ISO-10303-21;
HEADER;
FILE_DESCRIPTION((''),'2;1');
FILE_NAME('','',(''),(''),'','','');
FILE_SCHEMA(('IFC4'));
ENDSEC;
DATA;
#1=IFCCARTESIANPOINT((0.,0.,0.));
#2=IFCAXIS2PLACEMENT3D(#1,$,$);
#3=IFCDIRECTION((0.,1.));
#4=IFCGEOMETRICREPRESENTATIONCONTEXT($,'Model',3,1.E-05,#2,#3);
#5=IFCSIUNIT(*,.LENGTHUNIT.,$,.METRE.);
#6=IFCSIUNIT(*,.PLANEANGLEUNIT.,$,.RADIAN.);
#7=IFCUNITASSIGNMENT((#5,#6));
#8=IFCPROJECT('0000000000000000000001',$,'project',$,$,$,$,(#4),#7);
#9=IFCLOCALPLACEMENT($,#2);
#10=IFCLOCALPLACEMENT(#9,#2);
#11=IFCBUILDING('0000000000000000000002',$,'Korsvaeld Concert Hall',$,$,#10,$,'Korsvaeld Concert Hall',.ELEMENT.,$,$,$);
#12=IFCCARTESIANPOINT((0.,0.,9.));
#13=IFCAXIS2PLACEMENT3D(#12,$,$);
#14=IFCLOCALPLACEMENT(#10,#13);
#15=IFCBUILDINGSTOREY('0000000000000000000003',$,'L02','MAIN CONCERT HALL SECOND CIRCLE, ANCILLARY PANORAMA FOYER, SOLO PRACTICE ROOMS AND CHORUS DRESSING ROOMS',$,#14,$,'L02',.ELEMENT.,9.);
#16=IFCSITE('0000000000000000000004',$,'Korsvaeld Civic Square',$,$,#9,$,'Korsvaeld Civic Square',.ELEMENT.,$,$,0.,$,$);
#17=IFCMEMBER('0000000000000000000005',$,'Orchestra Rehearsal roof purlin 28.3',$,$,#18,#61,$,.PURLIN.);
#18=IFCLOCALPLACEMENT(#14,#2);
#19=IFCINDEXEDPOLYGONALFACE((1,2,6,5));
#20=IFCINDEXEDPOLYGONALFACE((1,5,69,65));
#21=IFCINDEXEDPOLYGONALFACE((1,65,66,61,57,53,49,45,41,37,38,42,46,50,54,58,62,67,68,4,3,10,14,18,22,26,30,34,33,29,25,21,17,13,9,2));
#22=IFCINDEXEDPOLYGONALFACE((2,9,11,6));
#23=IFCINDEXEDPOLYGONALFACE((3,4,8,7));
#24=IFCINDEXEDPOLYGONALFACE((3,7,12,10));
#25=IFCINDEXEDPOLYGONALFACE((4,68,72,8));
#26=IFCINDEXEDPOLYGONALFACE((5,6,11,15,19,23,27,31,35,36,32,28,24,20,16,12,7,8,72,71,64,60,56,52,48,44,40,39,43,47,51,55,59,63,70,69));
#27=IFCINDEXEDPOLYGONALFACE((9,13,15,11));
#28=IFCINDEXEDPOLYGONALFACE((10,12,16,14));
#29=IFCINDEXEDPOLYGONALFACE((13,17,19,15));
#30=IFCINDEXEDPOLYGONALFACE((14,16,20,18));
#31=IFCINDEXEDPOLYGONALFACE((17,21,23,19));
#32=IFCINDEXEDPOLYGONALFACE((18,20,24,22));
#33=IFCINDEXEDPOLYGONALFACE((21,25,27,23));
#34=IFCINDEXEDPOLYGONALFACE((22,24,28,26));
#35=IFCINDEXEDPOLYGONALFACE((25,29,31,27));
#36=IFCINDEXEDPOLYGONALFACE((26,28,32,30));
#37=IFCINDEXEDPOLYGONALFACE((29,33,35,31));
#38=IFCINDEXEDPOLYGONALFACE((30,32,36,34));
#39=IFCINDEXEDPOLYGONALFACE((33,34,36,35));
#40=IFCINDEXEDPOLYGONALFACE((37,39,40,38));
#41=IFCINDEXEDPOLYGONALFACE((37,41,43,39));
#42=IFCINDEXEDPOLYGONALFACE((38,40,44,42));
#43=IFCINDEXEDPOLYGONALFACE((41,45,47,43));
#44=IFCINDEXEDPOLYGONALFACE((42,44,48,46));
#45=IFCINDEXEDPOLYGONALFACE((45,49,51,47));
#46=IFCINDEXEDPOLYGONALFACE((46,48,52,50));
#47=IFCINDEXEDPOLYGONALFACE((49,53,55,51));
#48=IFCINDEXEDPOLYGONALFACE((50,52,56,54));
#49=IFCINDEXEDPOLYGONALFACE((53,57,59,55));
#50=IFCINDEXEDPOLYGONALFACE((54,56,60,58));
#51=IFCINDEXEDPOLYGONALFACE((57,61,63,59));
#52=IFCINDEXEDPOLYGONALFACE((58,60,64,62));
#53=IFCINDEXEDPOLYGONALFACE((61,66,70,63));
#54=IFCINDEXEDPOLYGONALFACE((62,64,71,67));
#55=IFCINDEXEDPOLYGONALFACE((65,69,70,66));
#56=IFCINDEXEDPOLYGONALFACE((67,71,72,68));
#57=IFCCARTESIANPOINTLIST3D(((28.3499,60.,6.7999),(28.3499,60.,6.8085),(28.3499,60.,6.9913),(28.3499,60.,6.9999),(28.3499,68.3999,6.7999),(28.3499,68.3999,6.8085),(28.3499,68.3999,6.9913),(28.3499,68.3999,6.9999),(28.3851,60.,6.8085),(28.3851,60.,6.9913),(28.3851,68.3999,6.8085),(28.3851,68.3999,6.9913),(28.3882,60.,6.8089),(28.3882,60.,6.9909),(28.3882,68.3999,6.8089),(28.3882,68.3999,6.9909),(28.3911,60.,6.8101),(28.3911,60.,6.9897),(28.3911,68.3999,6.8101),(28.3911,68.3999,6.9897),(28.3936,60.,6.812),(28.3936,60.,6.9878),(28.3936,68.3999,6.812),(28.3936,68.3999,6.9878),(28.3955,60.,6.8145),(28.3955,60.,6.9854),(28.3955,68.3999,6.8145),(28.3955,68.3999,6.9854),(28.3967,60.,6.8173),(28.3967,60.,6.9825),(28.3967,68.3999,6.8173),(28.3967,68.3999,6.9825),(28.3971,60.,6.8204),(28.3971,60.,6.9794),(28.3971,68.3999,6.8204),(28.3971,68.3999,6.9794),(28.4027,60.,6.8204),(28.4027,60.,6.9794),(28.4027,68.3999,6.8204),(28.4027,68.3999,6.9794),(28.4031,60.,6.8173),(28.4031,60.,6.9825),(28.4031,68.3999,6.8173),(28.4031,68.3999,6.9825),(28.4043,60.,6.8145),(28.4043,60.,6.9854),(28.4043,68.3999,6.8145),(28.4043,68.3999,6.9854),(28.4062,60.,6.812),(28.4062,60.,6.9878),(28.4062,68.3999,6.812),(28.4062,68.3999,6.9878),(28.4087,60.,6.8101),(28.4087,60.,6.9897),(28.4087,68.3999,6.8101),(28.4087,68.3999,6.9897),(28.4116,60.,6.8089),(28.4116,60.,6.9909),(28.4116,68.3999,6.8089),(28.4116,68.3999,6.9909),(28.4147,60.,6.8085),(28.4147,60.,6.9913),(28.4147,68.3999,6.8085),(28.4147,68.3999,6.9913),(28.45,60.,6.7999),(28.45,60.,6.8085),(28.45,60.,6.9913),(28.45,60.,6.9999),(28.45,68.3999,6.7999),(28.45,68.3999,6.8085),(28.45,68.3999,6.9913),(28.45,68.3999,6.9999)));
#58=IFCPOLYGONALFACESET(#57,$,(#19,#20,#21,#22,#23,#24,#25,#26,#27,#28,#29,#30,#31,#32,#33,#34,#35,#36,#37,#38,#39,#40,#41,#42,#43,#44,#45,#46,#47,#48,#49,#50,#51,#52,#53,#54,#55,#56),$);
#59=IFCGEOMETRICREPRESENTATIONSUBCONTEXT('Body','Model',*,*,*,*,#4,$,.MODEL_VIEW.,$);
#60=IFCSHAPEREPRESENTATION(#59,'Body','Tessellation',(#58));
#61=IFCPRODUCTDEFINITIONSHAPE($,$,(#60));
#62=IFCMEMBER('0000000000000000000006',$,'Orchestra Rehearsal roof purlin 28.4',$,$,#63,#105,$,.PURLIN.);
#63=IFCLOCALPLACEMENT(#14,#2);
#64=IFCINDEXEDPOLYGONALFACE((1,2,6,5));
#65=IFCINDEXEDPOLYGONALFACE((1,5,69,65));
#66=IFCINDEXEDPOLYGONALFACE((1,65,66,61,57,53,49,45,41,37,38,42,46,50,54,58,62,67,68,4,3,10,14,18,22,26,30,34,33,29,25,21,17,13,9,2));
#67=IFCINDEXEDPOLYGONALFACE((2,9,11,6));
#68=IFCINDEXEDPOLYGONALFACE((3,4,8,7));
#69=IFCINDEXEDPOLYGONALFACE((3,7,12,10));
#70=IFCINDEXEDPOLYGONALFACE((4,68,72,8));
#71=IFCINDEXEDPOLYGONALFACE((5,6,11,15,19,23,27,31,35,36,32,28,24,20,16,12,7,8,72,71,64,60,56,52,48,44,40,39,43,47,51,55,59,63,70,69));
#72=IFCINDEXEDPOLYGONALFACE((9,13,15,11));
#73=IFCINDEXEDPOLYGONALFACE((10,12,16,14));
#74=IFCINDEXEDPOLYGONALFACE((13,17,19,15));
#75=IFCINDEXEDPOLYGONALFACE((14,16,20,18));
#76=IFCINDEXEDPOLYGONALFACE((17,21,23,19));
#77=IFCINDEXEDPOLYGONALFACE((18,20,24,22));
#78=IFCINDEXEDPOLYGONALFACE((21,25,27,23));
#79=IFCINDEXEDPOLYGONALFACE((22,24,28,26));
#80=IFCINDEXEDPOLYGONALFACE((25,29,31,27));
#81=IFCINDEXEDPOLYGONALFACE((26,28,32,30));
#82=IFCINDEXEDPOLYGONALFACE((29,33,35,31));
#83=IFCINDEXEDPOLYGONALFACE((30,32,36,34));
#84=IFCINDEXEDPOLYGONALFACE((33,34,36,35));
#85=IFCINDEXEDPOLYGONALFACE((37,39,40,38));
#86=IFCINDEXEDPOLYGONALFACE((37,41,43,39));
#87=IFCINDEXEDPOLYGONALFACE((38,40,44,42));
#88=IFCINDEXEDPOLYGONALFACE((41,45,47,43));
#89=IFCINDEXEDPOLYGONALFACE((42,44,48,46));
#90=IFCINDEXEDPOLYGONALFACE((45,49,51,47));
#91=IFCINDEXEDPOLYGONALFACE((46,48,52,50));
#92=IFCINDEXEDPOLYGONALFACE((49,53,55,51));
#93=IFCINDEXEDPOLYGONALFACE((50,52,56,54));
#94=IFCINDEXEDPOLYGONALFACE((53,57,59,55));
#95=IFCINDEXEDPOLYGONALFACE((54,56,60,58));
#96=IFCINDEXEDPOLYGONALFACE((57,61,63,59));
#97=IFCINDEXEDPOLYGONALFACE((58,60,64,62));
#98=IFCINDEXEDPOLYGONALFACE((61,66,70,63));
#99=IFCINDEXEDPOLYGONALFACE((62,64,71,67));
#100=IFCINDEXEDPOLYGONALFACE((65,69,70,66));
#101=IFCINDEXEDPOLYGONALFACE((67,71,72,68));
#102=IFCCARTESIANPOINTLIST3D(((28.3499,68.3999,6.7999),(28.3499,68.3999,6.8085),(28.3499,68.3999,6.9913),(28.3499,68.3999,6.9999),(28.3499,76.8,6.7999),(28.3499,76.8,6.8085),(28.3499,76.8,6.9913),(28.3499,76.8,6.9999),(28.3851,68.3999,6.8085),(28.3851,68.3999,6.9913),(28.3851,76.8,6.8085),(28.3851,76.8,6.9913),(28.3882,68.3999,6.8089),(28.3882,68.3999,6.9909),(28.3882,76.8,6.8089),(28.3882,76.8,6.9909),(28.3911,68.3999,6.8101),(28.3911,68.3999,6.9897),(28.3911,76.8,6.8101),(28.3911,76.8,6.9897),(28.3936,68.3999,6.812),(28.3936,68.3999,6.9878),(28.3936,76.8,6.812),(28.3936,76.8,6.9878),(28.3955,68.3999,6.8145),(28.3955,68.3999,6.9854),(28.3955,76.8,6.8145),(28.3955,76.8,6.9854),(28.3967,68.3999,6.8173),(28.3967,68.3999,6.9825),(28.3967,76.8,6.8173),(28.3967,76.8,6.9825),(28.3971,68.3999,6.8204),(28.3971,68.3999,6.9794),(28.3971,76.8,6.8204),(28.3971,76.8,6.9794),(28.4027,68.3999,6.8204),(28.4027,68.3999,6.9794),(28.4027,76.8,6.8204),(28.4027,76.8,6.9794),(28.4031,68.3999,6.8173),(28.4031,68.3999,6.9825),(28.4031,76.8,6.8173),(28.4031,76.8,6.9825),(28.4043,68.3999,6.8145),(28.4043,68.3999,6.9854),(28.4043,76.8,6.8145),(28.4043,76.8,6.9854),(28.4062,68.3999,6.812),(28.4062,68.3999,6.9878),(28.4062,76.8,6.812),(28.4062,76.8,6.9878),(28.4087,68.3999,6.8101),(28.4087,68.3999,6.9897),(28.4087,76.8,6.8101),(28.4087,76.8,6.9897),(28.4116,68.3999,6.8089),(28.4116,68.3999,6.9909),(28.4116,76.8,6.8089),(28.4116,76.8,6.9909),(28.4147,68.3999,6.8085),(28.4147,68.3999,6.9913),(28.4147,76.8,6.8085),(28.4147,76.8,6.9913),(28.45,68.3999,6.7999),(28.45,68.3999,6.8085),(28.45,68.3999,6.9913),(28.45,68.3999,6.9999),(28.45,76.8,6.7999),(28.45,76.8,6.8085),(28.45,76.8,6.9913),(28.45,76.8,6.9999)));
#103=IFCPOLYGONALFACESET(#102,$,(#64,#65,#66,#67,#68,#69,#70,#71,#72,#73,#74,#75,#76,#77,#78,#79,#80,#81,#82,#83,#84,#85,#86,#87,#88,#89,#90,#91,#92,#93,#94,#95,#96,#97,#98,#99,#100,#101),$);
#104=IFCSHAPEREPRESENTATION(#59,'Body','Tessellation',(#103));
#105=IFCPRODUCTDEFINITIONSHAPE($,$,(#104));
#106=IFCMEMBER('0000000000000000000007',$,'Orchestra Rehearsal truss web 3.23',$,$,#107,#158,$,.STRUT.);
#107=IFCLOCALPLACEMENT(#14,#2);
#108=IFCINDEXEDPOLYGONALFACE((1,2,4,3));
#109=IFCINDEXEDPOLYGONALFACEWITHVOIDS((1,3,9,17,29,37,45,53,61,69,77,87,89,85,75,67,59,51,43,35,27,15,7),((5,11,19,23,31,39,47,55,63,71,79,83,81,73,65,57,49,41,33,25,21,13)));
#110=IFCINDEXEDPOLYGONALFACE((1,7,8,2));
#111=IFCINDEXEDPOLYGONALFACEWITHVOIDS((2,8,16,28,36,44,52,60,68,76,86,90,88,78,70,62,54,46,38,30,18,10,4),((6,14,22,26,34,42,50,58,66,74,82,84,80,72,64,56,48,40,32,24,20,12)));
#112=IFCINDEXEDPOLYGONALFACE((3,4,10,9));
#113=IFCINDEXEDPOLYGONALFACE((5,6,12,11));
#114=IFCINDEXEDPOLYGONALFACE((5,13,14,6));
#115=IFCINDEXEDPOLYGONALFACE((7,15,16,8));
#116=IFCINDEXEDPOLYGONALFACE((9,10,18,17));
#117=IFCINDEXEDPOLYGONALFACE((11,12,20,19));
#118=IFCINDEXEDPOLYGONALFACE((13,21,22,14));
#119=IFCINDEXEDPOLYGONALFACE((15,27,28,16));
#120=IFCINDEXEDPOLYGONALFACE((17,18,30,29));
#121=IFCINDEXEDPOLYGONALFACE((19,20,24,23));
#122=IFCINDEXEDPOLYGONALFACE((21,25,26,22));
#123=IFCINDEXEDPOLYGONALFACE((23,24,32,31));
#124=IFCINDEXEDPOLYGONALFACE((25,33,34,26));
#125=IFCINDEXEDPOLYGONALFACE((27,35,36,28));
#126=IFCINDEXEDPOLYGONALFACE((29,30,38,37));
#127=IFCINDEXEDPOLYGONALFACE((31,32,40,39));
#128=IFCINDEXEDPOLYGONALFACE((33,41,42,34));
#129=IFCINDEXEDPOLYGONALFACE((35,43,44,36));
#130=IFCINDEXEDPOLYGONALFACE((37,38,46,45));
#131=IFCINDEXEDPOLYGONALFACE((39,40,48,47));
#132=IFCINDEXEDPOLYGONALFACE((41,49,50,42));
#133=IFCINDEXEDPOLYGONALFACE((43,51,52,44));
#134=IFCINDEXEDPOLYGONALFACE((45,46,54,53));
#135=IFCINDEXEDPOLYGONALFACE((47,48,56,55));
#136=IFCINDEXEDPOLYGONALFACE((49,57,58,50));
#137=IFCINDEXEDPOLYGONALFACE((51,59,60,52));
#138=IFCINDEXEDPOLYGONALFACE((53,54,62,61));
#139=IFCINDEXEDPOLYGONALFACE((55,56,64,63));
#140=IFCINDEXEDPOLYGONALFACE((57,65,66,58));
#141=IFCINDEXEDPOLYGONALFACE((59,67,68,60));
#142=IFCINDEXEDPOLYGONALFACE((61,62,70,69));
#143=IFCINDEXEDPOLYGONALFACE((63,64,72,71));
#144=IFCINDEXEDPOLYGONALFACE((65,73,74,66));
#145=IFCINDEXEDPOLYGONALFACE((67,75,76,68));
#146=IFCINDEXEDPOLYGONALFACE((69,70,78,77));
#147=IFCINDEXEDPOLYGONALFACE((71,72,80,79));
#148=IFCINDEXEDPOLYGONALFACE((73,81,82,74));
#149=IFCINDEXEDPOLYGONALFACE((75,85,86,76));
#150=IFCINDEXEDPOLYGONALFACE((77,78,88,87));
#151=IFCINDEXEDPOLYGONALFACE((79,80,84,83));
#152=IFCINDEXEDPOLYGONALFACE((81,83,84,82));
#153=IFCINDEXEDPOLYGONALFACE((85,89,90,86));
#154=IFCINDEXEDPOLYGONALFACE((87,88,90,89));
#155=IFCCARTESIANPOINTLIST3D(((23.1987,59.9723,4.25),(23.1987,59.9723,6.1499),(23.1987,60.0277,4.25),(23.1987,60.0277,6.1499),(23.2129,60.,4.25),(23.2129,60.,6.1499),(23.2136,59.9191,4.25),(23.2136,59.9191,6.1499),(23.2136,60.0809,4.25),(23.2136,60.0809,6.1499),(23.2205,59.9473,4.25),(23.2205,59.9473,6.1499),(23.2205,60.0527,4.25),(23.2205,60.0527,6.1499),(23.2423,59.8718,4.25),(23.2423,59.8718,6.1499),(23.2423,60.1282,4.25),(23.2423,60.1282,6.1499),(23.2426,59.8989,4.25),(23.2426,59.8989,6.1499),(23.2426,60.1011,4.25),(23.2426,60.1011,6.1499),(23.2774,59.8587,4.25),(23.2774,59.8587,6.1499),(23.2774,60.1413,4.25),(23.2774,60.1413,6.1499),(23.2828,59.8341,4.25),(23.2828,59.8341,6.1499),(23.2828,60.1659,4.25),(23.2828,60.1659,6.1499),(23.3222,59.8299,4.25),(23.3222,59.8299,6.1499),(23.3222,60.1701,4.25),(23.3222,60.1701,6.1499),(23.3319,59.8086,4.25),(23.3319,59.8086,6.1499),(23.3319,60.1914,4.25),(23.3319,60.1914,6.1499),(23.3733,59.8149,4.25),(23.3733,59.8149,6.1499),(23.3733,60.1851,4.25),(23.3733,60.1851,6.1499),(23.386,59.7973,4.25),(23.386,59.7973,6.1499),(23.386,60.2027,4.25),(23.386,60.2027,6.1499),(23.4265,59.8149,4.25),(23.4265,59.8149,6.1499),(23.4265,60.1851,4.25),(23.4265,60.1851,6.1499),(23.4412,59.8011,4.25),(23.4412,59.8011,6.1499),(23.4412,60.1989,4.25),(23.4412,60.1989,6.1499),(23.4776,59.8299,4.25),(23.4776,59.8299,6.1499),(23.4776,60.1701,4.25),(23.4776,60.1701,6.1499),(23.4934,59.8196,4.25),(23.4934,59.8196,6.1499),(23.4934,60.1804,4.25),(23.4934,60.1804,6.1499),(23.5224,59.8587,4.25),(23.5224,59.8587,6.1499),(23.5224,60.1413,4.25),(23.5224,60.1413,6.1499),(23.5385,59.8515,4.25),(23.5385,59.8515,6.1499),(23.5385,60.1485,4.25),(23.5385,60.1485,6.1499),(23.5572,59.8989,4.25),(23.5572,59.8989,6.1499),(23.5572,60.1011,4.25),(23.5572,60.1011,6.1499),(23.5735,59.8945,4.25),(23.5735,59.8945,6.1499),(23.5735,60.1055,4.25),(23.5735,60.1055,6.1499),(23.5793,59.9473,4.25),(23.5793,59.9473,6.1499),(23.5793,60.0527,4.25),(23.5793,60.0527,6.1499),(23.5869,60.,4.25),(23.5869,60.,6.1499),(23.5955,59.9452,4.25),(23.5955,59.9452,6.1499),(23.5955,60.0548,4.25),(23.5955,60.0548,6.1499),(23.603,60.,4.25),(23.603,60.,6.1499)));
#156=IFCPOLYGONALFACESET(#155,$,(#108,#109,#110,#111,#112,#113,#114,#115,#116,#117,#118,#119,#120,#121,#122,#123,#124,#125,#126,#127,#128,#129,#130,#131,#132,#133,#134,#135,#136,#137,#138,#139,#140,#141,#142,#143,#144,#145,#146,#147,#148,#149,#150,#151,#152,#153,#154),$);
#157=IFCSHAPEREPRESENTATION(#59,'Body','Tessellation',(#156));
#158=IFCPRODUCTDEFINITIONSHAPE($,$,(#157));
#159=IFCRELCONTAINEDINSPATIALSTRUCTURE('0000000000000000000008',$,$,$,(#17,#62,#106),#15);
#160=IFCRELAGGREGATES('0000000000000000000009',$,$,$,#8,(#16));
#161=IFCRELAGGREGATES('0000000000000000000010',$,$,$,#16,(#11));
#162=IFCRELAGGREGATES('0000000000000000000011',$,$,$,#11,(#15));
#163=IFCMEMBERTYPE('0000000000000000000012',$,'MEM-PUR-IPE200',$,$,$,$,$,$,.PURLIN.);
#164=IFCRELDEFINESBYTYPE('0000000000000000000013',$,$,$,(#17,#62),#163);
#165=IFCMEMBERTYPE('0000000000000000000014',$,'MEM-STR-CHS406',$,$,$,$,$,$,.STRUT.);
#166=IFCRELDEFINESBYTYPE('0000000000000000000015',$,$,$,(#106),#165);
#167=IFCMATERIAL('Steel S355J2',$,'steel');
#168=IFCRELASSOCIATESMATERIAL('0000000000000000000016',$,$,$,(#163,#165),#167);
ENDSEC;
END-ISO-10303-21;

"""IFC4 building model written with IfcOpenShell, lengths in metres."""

from ifc_helpers import new_model, si_unit, direction, frame, origin, origin_2d, place, context, subcontext, project, spatial, hollow_circle, i_section, extrude, material, material_profile, profile_set, type_object, element, save


model = new_model("IFC4")

# Units and contexts
model_context = context("Model", 3, precision=1e-05, world=origin(), true_north=direction((0.0, 1.0)))
body_context = subcontext(model_context, "Body", "Model", "MODEL_VIEW")
ifc_project = project(units=[si_unit("LENGTHUNIT", "METRE"), si_unit("PLANEANGLEUNIT", "RADIAN")], contexts=[model_context])

# Site, building, storey
site_placement = place(None, origin())
site = spatial("IfcSite", under=ifc_project, at=site_placement, Name="Korsvaeld Civic Square", LongName="Korsvaeld Civic Square", CompositionType="ELEMENT", RefElevation=0.0)
building_placement = place(site_placement, origin())
building = spatial("IfcBuilding", under=site, at=building_placement, Name="Korsvaeld Concert Hall", LongName="Korsvaeld Concert Hall", CompositionType="ELEMENT")
storey_placement = place(building_placement, frame((0.0, 0.0, 9.0)))
storey = spatial("IfcBuildingStorey", under=building, at=storey_placement, Name="L02", Description="MAIN CONCERT HALL SECOND CIRCLE, ANCILLARY PANORAMA FOYER, SOLO PRACTICE ROOMS AND CHORUS DRESSING ROOMS", LongName="L02", CompositionType="ELEMENT", Elevation=9.0)

# Members
ifc_material_1 = material(Name="Steel S355J2", Category="steel")
ifc_material_profile_1 = material_profile(ifc_material_1, i_section(OverallWidth=0.1001, OverallDepth=0.2, WebThickness=0.0056, FlangeThickness=0.0085, FilletRadius=0.012, at=origin_2d()), Name="IPE 200")
ifc_profile_set_1 = profile_set([ifc_material_profile_1], Name="Steel S355J2")
member_type_1 = type_object("IfcMemberType", Name="MEM-PUR-IPE200", PredefinedType="PURLIN", material=ifc_profile_set_1)
member_1_placement = place(storey_placement, frame((28.3999, 60.0, 6.8999), z_axis=(0.0, 1.0, 0.0), x_axis=(-1.0, 0.0, 0.0)))
element("IfcMember", 1, at=member_1_placement, inside=storey, type_object=member_type_1, Name="Orchestra Rehearsal roof purlin 28.3", PredefinedType="PURLIN", context=body_context, shape_type="SweptSolid", body=[
    extrude(i_section(OverallWidth=0.1001, OverallDepth=0.2, WebThickness=0.0056, FlangeThickness=0.0085, FilletRadius=0.012, at=origin_2d()), origin(), (0.0, 0.0, 1.0), 8.3999),
])
member_2_placement = place(storey_placement, frame((28.3999, 68.3999, 6.8999), z_axis=(0.0, 1.0, 0.0), x_axis=(-1.0, 0.0, 0.0)))
element("IfcMember", 2, at=member_2_placement, inside=storey, type_object=member_type_1, Name="Orchestra Rehearsal roof purlin 28.4", PredefinedType="PURLIN", context=body_context, shape_type="SweptSolid", body=[
    extrude(i_section(OverallWidth=0.1001, OverallDepth=0.2, WebThickness=0.0056, FlangeThickness=0.0085, FilletRadius=0.012, at=origin_2d()), origin(), (0.0, 0.0, 1.0), 8.4001),
])
ifc_material_profile_2 = material_profile(ifc_material_1, hollow_circle(Radius=0.2031, WallThickness=0.0161, at=origin_2d()), Name="CHS 406.4x16")
ifc_profile_set_2 = profile_set([ifc_material_profile_2], Name="Steel S355J2")
member_type_2 = type_object("IfcMemberType", Name="MEM-STR-CHS406", PredefinedType="STRUT", material=ifc_profile_set_2)
for number, where, z_axis, x_axis, name in (
    (3, (23.3999, 60.0, 4.25), (0.0, 0.0, 1.0), (1.0, 0.0, 0.0), "Orchestra Rehearsal truss web 3.23"),
):
    element("IfcMember", number, at=place(storey_placement, frame(where, z_axis=z_axis, x_axis=x_axis)), inside=storey, type_object=member_type_2, Name=name, PredefinedType="STRUT", context=body_context, shape_type="SweptSolid", body=[
        extrude(hollow_circle(Radius=0.2031, WallThickness=0.0161, at=origin_2d()), origin(), (0.0, 0.0, 1.0), 1.8999),
    ])

save(model, "model.ifc")
